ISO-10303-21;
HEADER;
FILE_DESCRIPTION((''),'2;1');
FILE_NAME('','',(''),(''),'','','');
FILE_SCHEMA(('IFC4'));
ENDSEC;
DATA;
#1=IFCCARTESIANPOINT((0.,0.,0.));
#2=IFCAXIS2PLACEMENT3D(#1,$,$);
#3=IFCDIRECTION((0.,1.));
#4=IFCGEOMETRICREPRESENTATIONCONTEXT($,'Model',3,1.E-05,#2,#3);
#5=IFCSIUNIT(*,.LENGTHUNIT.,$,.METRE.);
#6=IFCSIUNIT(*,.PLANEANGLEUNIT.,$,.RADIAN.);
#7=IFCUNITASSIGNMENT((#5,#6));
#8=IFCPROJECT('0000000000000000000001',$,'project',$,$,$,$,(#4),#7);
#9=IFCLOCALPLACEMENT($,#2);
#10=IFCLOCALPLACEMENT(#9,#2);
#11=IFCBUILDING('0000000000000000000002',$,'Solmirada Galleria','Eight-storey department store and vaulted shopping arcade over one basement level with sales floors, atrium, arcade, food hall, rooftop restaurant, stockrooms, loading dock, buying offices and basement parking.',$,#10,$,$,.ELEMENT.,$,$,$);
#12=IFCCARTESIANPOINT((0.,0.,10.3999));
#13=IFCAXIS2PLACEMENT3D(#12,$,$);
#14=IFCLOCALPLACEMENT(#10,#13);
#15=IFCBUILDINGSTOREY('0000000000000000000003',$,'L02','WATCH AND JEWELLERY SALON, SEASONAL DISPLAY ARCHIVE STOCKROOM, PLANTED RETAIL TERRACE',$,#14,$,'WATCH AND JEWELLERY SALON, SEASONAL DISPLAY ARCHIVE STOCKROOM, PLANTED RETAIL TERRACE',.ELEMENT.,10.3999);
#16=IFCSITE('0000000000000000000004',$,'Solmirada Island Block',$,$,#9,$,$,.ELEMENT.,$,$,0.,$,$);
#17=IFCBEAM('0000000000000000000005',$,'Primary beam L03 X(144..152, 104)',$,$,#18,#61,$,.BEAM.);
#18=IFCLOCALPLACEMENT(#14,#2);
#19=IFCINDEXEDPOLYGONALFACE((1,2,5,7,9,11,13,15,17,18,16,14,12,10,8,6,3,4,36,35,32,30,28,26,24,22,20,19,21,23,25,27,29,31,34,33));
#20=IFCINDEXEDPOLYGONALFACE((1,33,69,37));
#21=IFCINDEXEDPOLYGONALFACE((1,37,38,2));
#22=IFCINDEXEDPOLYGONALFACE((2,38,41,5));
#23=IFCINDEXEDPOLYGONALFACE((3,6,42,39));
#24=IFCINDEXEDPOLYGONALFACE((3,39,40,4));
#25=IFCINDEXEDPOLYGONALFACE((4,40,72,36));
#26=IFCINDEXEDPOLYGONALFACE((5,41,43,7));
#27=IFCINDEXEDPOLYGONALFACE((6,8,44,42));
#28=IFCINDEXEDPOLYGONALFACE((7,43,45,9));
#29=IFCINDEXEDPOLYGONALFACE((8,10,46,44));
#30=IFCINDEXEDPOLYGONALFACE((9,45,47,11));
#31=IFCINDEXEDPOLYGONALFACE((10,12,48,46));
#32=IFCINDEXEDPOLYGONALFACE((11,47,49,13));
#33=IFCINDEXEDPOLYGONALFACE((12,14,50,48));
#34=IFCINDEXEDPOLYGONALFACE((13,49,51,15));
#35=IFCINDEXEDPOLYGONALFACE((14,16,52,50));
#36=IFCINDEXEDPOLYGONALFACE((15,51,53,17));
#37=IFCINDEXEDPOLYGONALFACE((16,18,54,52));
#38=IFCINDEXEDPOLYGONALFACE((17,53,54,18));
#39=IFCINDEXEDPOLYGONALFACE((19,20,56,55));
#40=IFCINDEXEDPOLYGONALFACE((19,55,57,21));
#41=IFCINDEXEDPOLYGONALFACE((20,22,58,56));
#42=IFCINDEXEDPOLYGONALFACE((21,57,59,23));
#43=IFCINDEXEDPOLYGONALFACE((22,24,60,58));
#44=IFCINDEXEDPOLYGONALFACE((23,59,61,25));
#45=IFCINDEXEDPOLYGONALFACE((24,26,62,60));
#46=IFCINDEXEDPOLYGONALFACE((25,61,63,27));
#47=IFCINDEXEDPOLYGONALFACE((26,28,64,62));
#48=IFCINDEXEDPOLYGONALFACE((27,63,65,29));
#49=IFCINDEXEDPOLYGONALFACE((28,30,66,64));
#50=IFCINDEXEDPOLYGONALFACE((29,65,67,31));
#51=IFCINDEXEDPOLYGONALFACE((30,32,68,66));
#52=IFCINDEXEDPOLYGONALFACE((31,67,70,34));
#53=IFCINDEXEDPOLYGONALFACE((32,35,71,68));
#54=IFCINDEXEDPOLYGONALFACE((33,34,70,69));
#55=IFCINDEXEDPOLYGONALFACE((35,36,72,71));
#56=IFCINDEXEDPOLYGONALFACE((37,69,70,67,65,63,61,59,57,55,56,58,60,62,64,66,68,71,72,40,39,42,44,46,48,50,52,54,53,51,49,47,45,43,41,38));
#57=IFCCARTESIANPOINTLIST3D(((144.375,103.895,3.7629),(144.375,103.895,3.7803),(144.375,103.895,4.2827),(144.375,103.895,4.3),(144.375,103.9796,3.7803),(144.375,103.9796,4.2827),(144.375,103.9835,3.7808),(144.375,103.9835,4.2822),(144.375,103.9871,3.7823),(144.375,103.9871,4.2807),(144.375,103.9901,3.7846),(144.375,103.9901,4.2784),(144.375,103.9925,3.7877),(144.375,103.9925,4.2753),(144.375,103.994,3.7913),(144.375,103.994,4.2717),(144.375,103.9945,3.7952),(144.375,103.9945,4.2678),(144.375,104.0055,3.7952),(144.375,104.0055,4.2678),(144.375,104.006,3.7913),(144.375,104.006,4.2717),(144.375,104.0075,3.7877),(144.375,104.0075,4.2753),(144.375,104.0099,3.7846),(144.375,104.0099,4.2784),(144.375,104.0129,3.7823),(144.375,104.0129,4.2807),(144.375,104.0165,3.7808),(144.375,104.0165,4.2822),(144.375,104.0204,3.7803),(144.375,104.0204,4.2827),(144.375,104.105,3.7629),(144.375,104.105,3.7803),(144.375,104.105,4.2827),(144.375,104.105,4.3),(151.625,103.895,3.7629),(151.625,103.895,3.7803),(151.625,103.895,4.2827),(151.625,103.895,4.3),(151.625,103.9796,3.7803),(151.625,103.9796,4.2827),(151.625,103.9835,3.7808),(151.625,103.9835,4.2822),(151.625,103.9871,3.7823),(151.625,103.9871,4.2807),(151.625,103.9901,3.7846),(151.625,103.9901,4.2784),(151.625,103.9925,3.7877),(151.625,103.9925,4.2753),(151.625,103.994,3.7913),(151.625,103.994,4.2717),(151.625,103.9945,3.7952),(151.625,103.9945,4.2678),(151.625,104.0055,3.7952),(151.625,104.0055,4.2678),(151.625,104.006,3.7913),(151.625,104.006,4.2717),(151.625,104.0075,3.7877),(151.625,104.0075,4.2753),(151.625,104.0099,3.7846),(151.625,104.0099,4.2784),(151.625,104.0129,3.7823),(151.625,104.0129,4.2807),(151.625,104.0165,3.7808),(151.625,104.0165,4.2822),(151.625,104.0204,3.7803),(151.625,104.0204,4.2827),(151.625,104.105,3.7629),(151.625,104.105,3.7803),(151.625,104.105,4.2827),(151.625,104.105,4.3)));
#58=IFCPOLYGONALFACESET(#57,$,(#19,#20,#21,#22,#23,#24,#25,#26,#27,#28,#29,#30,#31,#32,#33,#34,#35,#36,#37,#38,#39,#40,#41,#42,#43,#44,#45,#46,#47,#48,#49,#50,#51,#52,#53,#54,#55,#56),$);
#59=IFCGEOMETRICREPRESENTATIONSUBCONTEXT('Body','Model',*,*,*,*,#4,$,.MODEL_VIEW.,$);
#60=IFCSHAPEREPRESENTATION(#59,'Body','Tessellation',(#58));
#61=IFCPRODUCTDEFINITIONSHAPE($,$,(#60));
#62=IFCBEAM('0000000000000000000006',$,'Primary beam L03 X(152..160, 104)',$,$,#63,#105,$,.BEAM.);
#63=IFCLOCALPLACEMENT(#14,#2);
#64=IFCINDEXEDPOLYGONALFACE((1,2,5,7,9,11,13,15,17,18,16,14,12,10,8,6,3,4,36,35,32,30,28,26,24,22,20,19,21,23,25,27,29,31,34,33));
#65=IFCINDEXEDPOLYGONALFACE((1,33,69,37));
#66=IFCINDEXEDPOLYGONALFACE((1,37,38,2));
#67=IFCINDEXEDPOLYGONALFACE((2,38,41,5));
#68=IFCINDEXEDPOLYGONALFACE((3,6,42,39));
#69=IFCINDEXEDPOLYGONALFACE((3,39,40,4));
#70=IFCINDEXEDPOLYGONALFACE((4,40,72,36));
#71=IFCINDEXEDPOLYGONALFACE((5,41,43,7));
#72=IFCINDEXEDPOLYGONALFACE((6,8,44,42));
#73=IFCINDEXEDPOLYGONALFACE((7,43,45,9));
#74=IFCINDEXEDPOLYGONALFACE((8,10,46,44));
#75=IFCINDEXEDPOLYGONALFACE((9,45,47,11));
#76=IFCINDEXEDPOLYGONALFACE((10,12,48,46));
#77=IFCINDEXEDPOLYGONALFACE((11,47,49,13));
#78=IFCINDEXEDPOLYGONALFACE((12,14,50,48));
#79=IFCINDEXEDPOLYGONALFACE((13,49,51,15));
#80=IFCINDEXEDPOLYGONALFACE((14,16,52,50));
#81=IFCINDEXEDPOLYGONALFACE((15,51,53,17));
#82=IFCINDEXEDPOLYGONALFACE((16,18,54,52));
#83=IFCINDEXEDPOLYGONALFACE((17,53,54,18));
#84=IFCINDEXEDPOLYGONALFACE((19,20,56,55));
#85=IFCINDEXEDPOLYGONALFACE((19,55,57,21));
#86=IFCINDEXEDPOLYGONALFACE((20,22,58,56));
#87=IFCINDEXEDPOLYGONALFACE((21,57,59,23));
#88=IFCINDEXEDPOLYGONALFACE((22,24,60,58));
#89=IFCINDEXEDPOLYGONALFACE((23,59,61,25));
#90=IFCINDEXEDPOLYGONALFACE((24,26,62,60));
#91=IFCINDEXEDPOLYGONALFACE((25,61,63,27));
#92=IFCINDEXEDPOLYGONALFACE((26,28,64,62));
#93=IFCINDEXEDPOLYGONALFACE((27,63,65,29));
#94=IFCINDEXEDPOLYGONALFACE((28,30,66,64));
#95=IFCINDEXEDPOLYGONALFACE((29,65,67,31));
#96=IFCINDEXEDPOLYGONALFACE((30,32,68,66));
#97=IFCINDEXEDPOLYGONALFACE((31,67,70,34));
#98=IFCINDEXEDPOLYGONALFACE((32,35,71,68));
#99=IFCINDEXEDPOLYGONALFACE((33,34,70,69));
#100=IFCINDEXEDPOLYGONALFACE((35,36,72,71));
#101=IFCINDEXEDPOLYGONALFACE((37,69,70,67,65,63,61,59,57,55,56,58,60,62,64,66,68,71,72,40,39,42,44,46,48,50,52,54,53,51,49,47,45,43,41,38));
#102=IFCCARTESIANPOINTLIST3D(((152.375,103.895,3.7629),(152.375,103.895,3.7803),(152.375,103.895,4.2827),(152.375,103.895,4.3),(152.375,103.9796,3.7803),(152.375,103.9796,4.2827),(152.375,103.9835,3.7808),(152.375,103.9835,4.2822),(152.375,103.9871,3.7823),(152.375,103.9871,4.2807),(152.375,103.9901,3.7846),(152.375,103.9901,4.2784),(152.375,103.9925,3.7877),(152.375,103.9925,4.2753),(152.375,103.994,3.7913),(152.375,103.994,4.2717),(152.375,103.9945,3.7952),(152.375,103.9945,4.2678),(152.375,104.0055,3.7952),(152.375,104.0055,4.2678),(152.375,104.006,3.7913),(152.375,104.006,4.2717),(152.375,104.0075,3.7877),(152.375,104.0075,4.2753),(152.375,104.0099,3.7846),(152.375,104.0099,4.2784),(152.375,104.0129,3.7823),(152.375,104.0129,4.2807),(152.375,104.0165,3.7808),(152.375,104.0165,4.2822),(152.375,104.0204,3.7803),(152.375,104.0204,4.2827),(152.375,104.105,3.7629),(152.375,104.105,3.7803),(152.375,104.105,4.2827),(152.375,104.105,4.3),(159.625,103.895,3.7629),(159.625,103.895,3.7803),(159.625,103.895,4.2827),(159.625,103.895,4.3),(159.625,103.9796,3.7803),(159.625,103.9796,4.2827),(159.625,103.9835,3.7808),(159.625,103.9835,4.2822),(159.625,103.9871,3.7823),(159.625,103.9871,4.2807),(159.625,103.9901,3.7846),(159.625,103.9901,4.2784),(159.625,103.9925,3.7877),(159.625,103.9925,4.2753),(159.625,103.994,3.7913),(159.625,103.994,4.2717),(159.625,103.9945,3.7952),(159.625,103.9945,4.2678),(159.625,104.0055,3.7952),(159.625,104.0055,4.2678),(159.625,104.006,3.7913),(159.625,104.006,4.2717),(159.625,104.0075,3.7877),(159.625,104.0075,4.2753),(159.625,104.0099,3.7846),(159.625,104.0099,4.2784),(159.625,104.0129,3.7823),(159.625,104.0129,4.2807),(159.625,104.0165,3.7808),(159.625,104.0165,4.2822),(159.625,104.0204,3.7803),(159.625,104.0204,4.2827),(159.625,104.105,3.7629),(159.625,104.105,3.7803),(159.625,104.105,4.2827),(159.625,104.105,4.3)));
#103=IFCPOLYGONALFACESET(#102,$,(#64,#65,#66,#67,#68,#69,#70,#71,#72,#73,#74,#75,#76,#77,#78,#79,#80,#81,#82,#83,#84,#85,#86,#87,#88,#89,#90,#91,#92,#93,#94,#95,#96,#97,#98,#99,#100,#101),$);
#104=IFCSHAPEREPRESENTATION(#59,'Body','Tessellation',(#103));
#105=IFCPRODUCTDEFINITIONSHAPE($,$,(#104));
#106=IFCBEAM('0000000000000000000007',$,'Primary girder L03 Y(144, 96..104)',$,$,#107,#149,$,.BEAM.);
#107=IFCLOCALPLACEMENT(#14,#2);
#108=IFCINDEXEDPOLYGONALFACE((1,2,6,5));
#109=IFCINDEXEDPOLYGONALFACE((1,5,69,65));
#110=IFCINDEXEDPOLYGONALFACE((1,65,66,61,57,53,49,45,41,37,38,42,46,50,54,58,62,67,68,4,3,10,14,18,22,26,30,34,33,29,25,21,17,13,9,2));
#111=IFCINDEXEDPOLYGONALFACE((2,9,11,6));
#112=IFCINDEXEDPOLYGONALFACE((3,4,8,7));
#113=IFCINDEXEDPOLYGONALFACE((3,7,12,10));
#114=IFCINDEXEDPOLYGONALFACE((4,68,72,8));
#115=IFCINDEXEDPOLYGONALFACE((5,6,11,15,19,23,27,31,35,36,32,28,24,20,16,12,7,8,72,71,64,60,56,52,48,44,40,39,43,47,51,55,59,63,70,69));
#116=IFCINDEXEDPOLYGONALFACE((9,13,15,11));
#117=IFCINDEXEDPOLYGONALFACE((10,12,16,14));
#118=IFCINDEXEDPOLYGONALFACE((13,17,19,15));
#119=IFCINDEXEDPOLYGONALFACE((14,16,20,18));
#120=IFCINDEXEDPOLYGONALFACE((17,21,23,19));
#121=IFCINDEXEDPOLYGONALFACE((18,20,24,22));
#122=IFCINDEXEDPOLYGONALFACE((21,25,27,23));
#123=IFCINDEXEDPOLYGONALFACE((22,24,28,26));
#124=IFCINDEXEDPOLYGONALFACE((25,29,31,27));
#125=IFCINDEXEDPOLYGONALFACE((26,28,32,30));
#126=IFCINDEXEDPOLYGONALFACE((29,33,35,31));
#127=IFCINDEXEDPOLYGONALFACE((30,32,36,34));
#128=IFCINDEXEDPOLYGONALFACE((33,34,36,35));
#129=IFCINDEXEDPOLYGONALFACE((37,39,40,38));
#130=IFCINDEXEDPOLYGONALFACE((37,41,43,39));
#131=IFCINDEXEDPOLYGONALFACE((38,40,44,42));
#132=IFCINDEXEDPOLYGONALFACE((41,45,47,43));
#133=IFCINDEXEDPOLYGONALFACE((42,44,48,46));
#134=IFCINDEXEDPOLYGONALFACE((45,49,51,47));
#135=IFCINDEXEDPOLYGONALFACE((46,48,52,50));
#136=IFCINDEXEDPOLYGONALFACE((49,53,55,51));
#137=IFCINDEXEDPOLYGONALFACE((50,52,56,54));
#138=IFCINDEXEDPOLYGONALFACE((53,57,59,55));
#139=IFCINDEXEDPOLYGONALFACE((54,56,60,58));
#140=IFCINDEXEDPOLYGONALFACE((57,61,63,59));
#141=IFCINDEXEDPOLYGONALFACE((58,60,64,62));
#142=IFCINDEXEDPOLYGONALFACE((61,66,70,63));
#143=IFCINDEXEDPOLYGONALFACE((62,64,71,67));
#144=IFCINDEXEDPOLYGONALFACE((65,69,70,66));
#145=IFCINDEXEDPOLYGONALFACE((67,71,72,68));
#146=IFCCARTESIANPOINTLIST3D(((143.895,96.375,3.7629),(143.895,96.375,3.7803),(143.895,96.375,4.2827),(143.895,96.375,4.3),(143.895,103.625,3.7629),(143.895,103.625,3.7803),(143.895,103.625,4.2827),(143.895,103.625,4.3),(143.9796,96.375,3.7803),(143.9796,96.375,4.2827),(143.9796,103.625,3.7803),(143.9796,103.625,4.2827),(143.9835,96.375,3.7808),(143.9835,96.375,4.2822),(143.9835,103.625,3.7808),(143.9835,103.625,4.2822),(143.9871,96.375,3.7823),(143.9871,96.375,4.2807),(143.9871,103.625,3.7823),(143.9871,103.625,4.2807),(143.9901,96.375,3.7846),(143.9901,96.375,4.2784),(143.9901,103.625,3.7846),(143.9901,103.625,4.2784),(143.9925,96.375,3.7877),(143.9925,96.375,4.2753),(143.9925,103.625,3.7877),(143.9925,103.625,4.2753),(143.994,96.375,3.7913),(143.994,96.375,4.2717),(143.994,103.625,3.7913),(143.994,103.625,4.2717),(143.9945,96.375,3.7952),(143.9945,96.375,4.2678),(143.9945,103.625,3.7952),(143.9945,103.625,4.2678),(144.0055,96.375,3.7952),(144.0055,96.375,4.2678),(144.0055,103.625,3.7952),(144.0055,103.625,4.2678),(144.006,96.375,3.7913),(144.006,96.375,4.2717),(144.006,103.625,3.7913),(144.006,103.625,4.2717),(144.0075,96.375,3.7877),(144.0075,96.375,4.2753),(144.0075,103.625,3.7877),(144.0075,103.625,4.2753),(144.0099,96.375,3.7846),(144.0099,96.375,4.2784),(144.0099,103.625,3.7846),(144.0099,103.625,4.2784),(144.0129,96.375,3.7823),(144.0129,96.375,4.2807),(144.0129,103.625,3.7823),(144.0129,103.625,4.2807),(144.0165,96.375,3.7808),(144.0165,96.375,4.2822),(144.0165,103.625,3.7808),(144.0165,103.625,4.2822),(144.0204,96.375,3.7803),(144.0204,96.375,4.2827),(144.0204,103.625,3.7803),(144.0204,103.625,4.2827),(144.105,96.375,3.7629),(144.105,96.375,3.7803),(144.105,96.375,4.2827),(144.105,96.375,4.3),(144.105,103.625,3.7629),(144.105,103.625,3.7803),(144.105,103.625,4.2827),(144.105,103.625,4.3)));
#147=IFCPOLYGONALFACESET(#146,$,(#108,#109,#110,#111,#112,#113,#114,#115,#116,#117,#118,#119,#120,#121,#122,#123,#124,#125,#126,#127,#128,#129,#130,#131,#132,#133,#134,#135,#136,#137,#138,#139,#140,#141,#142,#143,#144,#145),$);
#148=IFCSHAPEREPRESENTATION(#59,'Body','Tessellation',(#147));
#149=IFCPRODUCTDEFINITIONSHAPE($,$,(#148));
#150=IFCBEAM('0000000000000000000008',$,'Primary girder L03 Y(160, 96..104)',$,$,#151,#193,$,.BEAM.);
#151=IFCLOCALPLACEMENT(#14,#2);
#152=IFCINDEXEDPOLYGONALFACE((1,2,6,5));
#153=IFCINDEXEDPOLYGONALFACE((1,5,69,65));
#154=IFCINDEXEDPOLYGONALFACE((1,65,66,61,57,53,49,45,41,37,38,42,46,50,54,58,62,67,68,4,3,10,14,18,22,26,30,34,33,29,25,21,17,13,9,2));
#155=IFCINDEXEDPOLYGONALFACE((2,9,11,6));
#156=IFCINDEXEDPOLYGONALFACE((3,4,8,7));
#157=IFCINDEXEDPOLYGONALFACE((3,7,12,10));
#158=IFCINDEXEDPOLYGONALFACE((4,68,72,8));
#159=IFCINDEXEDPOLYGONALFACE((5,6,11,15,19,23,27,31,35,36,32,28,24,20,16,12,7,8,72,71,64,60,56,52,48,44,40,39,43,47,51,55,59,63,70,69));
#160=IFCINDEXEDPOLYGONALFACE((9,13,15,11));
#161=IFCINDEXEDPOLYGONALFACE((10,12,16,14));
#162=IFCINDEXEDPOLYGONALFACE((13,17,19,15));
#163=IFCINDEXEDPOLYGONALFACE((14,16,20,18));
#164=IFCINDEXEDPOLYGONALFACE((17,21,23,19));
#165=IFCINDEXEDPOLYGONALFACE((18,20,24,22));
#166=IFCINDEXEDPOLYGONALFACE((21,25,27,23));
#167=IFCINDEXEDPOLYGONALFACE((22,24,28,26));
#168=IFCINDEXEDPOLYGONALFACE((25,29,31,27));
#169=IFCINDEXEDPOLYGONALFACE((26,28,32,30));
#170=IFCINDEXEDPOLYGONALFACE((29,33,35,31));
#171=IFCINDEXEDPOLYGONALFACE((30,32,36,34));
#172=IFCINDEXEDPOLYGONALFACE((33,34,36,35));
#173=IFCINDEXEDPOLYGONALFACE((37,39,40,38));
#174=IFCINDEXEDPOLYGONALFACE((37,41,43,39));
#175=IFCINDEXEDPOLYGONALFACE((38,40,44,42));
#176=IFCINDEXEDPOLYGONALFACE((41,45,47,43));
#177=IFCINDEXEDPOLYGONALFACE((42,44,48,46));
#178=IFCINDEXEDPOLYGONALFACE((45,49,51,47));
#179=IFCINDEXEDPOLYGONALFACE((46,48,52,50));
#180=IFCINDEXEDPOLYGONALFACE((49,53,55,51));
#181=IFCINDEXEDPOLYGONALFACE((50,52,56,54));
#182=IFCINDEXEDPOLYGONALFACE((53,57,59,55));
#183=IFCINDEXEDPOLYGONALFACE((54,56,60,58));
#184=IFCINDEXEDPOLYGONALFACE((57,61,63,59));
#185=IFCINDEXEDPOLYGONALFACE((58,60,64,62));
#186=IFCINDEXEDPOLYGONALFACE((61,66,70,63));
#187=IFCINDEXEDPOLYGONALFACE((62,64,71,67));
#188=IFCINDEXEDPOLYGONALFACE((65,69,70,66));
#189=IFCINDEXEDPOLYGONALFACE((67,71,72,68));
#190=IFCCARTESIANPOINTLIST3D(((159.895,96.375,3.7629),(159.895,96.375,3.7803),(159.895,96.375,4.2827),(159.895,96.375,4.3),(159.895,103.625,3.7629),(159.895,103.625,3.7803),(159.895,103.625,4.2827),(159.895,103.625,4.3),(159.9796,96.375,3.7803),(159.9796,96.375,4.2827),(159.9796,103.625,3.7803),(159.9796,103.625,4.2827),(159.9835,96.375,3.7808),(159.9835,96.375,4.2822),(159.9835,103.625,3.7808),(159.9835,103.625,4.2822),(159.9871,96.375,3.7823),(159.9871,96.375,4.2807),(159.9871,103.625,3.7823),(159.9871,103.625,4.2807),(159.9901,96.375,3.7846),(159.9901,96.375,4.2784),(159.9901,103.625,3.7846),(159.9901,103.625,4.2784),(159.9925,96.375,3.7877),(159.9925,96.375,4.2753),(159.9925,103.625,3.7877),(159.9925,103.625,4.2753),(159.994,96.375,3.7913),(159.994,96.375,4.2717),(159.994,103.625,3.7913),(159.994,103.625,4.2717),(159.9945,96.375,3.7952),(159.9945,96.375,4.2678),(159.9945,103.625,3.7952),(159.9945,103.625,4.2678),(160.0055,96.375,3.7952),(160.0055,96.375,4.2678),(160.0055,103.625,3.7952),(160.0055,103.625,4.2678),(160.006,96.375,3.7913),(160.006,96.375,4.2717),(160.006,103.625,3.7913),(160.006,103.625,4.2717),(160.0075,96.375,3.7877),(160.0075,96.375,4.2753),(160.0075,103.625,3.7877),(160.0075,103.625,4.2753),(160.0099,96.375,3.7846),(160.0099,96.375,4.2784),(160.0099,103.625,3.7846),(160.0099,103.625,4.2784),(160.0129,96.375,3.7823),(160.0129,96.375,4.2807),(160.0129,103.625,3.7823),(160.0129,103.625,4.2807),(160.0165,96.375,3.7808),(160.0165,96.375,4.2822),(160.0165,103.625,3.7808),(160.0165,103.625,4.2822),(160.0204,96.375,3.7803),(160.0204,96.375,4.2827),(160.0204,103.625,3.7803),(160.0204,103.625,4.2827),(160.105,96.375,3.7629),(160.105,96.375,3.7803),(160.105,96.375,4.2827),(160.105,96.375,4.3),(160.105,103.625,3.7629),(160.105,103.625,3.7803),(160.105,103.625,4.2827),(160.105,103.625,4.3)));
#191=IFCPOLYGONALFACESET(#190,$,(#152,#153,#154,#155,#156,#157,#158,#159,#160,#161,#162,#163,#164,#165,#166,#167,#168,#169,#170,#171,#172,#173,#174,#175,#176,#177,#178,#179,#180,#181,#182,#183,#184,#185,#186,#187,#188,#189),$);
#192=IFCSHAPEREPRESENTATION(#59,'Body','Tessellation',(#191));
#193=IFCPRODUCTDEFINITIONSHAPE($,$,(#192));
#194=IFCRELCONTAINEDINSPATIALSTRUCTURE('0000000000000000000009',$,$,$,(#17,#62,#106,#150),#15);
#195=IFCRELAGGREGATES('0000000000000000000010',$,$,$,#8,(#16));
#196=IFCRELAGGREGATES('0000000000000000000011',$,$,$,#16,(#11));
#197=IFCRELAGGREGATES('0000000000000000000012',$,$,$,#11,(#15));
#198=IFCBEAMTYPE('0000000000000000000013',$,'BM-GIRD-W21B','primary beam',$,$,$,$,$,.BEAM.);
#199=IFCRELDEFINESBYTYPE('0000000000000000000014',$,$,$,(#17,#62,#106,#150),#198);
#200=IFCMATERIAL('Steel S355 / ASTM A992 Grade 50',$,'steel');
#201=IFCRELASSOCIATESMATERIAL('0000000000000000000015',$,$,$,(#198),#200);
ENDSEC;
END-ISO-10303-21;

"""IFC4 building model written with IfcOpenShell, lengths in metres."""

from ifc_helpers import new_model, si_unit, direction, frame, origin, origin_2d, place, context, subcontext, project, spatial, i_section, extrude, material, material_profile, profile_set, type_object, element, save


model = new_model("IFC4")

# Units and contexts
model_context = context("Model", 3, precision=1e-05, world=origin(), true_north=direction((0.0, 1.0)))
body_context = subcontext(model_context, "Body", "Model", "MODEL_VIEW")
ifc_project = project(units=[si_unit("LENGTHUNIT", "METRE"), si_unit("PLANEANGLEUNIT", "RADIAN")], contexts=[model_context])

# Site, building, storey
site_placement = place(None, origin())
site = spatial("IfcSite", under=ifc_project, at=site_placement, Name="Solmirada Island Block", CompositionType="ELEMENT", RefElevation=0.0)
building_placement = place(site_placement, origin())
building = spatial("IfcBuilding", under=site, at=building_placement, Name="Solmirada Galleria", Description="Eight-storey department store and vaulted shopping arcade over one basement level with sales floors, atrium, arcade, food hall, rooftop restaurant, stockrooms, loading dock, buying offices and basement parking.", CompositionType="ELEMENT")
storey_placement = place(building_placement, frame((0.0, 0.0, 10.3999)))
storey = spatial("IfcBuildingStorey", under=building, at=storey_placement, Name="L02", Description="WATCH AND JEWELLERY SALON, SEASONAL DISPLAY ARCHIVE STOCKROOM, PLANTED RETAIL TERRACE", LongName="WATCH AND JEWELLERY SALON, SEASONAL DISPLAY ARCHIVE STOCKROOM, PLANTED RETAIL TERRACE", CompositionType="ELEMENT", Elevation=10.3999)

# Beams
ifc_material_1 = material(Name="Steel S355 / ASTM A992 Grade 50", Category="steel")
ifc_material_profile_1 = material_profile(ifc_material_1, i_section(OverallWidth=0.21, OverallDepth=0.5371, WebThickness=0.011, FlangeThickness=0.0173, FilletRadius=0.0149, at=origin_2d()), Name="W21X68")
ifc_profile_set_1 = profile_set([ifc_material_profile_1], Name="Steel S355 / ASTM A992 Grade 50")
beam_type_1 = type_object("IfcBeamType", Name="BM-GIRD-W21B", Description="primary beam", PredefinedType="BEAM", material=ifc_profile_set_1)
for number, where, z_axis, x_axis, name in (
    (1, (144.375, 104.0, 4.0315), (1.0, 0.0, 0.0), (0.0, 1.0, 0.0), "Primary beam L03 X(144..152, 104)"),
    (2, (152.375, 104.0, 4.0315), (1.0, 0.0, 0.0), (0.0, 1.0, 0.0), "Primary beam L03 X(152..160, 104)"),
    (3, (144.0, 96.375, 4.0315), (0.0, 1.0, 0.0), (-1.0, 0.0, 0.0), "Primary girder L03 Y(144, 96..104)"),
    (4, (160.0, 96.375, 4.0315), (0.0, 1.0, 0.0), (-1.0, 0.0, 0.0), "Primary girder L03 Y(160, 96..104)"),
):
    element("IfcBeam", number, at=place(storey_placement, frame(where, z_axis=z_axis, x_axis=x_axis)), inside=storey, type_object=beam_type_1, Name=name, PredefinedType="BEAM", context=body_context, shape_type="SweptSolid", body=[
        extrude(i_section(OverallWidth=0.21, OverallDepth=0.5371, WebThickness=0.011, FlangeThickness=0.0173, FilletRadius=0.0149, at=origin_2d()), origin(), (0.0, 0.0, 1.0), 7.25),
    ])

save(model, "model.ifc")
